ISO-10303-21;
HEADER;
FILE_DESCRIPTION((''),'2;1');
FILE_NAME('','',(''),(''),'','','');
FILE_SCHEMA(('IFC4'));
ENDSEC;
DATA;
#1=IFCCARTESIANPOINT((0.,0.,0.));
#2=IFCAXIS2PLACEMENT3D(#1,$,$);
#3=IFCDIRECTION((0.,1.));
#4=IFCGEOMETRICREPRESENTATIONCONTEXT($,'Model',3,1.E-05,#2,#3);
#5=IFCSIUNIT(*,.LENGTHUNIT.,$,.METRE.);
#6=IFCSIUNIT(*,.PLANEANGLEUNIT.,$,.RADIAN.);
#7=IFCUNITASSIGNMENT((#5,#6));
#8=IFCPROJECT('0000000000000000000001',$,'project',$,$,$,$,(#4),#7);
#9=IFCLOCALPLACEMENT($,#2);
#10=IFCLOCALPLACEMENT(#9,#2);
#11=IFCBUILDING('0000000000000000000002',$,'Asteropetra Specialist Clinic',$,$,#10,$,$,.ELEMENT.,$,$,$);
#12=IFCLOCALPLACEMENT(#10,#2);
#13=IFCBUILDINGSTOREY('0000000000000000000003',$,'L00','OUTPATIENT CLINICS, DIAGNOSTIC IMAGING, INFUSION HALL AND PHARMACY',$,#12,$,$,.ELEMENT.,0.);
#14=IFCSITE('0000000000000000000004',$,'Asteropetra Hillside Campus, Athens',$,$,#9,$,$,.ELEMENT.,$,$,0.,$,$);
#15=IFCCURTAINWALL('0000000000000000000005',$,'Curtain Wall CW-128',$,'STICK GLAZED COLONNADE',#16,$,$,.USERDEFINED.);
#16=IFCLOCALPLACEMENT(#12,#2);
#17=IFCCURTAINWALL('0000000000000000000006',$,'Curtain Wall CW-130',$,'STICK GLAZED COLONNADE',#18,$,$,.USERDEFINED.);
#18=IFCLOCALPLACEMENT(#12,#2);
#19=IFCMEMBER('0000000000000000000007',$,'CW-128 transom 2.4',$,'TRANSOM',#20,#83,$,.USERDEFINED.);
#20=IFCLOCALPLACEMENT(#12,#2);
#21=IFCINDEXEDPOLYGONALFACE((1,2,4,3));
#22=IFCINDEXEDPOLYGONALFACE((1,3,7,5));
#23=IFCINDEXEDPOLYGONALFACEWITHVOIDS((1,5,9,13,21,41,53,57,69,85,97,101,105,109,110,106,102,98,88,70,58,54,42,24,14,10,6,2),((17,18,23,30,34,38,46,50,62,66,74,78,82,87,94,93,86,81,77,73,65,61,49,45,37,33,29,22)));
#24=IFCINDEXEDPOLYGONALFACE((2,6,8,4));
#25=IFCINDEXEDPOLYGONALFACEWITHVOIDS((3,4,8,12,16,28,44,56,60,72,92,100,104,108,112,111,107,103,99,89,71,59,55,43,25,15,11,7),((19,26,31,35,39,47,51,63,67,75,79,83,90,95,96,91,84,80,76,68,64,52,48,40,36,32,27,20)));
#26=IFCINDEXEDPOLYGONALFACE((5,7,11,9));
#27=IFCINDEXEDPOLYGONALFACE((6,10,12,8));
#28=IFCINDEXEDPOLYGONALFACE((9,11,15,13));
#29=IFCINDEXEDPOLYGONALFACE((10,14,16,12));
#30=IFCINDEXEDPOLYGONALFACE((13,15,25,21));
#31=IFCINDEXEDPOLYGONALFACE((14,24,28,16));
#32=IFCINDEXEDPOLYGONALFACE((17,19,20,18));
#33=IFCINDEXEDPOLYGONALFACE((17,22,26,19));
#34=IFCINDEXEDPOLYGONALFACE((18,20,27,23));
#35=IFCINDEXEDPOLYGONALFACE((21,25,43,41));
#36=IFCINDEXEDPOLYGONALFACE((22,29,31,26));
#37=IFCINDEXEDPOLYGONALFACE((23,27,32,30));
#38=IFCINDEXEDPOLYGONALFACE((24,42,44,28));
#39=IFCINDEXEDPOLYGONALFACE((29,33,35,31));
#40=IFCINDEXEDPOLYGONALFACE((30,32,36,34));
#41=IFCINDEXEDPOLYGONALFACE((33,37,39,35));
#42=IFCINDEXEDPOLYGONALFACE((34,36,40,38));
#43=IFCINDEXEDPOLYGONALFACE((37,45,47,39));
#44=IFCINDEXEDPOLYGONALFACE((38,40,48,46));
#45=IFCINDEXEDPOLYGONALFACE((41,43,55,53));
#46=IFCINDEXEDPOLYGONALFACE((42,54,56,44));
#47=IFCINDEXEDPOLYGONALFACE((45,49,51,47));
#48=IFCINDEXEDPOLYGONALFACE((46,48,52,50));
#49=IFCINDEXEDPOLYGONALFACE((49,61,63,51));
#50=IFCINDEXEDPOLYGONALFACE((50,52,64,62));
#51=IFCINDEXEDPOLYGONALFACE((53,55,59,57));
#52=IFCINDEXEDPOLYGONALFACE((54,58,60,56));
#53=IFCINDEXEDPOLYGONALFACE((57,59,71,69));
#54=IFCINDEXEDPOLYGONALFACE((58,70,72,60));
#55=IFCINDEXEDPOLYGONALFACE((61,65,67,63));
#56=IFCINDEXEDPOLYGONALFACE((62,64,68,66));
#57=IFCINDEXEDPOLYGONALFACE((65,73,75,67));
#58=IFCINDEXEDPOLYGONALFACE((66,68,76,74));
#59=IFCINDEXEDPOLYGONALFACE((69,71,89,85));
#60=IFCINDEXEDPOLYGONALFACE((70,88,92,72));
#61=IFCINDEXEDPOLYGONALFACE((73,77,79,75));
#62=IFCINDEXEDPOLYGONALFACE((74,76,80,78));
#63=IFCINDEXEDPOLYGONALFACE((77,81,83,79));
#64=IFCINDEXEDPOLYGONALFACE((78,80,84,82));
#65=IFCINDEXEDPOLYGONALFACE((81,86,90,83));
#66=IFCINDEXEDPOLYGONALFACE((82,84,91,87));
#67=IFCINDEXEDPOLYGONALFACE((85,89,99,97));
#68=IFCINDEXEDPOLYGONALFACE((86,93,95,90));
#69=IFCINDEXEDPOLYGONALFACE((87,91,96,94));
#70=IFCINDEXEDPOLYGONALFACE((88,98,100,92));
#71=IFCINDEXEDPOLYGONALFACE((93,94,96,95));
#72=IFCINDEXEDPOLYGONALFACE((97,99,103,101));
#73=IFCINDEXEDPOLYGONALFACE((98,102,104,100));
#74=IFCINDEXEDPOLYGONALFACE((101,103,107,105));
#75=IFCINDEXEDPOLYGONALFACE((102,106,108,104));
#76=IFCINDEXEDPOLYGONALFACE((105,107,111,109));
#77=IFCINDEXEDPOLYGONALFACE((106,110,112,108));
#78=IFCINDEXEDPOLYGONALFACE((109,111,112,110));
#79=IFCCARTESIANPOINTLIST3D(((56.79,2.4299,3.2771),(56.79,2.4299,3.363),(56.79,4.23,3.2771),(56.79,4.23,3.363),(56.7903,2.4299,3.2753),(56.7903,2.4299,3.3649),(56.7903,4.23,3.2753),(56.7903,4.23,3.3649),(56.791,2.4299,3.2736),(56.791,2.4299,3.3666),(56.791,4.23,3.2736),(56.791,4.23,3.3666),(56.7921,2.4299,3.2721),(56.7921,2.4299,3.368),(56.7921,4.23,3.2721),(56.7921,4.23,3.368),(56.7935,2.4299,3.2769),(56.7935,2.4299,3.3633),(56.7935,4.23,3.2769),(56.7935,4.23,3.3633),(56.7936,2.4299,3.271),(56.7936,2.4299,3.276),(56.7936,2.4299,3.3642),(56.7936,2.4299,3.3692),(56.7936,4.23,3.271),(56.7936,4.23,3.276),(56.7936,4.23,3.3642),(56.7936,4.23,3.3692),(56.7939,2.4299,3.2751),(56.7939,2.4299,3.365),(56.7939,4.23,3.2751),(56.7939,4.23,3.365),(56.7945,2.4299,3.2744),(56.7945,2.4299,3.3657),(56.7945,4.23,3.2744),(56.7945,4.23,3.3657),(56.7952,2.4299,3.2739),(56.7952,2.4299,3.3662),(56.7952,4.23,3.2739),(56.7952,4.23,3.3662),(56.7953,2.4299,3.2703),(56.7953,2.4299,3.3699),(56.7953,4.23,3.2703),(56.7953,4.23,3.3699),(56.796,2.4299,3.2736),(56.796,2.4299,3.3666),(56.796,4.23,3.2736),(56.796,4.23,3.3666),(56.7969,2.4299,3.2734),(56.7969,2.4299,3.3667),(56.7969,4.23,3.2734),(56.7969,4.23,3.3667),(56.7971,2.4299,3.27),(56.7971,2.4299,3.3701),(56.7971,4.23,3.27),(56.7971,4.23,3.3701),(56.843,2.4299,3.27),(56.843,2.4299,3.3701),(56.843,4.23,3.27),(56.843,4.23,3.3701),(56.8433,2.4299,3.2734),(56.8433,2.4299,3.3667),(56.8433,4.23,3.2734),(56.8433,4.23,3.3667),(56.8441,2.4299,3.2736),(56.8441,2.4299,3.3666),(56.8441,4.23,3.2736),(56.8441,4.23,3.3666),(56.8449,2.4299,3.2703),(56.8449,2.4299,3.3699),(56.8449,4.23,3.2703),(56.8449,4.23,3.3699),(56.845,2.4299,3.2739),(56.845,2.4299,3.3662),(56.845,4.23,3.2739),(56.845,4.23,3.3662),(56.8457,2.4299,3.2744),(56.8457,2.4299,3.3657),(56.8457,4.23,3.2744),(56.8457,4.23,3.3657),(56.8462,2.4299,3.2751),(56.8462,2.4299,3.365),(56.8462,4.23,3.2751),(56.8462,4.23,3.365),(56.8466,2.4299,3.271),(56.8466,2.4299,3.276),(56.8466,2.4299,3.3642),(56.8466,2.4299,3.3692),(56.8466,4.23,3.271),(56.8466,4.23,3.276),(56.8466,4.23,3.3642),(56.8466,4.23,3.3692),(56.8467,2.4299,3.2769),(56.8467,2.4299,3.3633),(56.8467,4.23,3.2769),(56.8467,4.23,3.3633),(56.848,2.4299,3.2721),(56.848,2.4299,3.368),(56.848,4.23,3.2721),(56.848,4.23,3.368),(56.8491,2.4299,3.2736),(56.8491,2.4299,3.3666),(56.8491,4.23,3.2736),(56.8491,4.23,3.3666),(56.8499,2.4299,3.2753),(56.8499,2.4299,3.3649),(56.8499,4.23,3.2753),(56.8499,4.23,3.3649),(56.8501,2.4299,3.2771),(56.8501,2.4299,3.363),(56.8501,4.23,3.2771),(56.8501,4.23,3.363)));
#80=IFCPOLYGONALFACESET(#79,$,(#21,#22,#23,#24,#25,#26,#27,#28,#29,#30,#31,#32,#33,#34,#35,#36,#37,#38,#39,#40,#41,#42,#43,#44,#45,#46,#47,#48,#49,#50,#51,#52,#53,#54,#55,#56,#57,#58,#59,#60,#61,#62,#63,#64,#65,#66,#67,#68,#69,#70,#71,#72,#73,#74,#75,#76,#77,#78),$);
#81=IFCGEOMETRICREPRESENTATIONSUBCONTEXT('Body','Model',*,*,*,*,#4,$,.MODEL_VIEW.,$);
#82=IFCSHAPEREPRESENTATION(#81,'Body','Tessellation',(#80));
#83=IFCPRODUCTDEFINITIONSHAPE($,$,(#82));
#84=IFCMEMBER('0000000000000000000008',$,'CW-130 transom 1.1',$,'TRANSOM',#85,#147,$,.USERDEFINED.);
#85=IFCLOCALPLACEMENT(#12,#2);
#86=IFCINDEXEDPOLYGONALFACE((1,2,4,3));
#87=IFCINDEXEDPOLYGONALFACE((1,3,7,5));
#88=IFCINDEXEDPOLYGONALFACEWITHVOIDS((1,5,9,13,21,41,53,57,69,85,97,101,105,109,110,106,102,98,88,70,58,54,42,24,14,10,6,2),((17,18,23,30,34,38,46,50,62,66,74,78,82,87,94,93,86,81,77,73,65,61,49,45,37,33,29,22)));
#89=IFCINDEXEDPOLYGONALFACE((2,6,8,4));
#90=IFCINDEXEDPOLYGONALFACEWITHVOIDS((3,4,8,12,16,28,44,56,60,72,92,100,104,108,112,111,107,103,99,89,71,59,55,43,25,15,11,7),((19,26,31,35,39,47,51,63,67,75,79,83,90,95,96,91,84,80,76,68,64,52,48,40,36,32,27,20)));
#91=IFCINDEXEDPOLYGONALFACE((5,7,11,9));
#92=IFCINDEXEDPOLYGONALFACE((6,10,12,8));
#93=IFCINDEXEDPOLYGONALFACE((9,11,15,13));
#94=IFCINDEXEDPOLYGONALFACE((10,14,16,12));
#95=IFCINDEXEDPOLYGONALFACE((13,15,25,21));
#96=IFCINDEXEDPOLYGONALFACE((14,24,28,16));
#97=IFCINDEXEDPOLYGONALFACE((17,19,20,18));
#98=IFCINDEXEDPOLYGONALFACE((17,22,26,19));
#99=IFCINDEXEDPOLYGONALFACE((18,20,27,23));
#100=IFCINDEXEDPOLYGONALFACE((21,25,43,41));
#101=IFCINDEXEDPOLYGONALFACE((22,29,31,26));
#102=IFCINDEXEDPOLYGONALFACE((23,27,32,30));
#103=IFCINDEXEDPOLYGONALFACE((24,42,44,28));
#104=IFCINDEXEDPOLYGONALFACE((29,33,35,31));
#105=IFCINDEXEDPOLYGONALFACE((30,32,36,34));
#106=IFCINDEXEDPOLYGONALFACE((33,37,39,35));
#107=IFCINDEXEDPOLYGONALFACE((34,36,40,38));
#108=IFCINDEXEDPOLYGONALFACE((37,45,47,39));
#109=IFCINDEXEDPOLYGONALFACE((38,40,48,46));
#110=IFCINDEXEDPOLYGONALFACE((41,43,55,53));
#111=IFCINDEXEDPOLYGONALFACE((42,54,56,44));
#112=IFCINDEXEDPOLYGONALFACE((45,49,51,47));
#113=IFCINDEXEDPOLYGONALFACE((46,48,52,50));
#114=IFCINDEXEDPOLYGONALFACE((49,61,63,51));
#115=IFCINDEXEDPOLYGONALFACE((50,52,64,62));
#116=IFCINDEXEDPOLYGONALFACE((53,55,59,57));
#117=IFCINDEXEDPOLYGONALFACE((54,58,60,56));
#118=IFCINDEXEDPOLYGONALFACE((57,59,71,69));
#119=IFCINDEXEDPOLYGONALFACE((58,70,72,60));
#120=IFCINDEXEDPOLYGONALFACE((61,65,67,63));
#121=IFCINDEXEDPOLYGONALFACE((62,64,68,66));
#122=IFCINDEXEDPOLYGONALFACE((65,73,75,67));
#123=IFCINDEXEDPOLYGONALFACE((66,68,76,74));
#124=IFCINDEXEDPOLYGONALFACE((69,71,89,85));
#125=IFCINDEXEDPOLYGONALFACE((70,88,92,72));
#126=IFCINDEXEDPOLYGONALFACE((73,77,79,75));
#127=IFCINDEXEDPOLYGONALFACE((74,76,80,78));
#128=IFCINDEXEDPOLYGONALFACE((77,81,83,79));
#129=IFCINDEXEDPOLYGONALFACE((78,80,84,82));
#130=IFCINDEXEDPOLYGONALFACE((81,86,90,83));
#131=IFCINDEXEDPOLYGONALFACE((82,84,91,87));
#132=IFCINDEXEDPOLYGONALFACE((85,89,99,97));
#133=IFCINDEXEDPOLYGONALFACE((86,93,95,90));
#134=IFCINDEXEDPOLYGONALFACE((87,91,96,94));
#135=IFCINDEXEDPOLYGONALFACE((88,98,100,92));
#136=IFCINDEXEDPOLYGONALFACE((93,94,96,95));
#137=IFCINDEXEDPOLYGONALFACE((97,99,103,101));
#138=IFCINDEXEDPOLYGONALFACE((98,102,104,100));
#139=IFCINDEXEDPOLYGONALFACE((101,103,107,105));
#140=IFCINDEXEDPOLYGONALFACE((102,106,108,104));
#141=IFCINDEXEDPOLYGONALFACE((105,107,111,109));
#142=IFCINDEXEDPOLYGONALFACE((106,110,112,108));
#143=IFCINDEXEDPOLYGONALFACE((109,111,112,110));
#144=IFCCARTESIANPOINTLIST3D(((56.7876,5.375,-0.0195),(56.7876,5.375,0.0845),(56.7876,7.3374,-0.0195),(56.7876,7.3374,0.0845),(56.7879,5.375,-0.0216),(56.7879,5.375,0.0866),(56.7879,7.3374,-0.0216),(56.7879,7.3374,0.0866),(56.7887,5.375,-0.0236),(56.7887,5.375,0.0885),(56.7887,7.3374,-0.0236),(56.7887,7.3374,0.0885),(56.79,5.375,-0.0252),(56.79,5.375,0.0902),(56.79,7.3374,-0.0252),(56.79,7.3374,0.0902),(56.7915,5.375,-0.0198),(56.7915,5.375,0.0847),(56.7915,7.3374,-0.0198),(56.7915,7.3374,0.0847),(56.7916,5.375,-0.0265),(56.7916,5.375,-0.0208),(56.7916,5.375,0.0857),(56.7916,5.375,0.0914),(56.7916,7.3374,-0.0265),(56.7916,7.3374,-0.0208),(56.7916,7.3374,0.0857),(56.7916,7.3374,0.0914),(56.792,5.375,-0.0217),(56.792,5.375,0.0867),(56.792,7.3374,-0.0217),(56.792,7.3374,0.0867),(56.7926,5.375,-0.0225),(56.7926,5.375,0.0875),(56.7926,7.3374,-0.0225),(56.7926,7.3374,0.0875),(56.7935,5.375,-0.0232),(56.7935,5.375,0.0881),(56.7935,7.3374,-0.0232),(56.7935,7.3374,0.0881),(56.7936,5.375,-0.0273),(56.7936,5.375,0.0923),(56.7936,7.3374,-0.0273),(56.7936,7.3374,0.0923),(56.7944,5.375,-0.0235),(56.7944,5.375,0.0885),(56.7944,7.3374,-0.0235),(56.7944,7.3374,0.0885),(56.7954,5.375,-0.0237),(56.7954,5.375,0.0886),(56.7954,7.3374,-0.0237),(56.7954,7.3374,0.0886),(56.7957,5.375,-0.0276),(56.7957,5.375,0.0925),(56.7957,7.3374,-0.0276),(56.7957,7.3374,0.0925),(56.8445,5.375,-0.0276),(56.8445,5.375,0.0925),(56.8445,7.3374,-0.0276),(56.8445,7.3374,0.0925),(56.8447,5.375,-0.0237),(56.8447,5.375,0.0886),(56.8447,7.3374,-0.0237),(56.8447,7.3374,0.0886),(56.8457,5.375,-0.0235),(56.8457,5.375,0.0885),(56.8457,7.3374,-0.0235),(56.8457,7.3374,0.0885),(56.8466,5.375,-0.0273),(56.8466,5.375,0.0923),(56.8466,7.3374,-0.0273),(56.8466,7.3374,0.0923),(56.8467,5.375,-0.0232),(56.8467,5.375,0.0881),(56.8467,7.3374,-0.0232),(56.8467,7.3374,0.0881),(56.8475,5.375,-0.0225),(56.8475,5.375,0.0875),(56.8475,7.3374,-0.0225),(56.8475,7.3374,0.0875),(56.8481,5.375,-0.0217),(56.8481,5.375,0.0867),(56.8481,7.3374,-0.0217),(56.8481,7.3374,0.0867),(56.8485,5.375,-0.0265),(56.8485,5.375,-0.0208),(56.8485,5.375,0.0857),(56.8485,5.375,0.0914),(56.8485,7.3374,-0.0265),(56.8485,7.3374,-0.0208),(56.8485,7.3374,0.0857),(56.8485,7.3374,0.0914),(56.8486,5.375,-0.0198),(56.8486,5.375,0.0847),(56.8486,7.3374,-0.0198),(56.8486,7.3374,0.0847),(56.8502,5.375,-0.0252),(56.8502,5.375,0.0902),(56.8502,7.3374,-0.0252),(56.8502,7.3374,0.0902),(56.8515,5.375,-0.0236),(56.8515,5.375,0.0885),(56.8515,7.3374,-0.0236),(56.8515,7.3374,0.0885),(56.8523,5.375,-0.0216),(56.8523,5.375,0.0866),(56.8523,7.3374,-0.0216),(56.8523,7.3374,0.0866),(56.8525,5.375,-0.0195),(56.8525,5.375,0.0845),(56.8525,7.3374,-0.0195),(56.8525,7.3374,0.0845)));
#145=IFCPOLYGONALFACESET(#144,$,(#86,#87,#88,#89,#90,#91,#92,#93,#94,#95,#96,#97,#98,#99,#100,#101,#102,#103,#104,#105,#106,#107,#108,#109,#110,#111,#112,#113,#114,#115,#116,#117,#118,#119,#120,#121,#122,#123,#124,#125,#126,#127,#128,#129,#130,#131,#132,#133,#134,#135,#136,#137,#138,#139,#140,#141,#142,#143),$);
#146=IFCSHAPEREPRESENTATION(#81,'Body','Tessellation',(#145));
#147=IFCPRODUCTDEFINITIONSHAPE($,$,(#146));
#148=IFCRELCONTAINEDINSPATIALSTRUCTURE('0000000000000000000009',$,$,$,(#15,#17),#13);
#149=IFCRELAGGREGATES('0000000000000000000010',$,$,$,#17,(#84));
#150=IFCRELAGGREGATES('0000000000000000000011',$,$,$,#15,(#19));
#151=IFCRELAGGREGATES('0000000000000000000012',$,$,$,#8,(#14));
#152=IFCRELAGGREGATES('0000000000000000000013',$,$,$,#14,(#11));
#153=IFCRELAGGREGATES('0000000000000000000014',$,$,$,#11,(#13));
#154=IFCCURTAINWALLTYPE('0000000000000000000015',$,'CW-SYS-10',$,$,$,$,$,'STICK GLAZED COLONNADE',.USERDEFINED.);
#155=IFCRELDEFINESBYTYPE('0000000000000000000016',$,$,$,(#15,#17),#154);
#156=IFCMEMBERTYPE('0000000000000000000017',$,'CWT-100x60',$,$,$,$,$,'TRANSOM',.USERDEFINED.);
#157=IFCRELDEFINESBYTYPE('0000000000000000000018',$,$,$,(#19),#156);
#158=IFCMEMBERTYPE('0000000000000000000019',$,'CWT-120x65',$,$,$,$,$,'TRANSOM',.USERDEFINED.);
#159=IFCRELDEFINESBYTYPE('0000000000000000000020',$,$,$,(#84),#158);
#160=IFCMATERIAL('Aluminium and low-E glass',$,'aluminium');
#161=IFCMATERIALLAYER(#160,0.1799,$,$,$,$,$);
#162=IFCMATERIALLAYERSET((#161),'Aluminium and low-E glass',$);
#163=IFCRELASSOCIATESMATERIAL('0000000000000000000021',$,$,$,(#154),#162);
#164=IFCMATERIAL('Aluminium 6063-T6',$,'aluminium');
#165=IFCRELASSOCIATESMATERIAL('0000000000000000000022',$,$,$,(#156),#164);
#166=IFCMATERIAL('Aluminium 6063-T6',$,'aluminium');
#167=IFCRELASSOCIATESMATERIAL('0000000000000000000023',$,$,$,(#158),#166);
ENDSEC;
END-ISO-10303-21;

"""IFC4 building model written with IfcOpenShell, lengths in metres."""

from ifc_helpers import new_model, si_unit, direction, frame, origin, origin_2d, place, context, subcontext, project, spatial, hollow_rectangle, extrude, material, layer, layer_set, material_profile, profile_set, type_object, element, aggregate, save


model = new_model("IFC4")

# Units and contexts
model_context = context("Model", 3, precision=1e-05, world=origin(), true_north=direction((0.0, 1.0)))
body_context = subcontext(model_context, "Body", "Model", "MODEL_VIEW")
ifc_project = project(units=[si_unit("LENGTHUNIT", "METRE"), si_unit("PLANEANGLEUNIT", "RADIAN")], contexts=[model_context])

# Site, building, storey
site_placement = place(None, origin())
site = spatial("IfcSite", under=ifc_project, at=site_placement, Name="Asteropetra Hillside Campus, Athens", CompositionType="ELEMENT", RefElevation=0.0)
building_placement = place(site_placement, origin())
building = spatial("IfcBuilding", under=site, at=building_placement, Name="Asteropetra Specialist Clinic", CompositionType="ELEMENT")
storey_placement = place(building_placement, origin())
storey = spatial("IfcBuildingStorey", under=building, at=storey_placement, Name="L00", Description="OUTPATIENT CLINICS, DIAGNOSTIC IMAGING, INFUSION HALL AND PHARMACY", CompositionType="ELEMENT", Elevation=0.0)

# Curtain wall
ifc_material_1 = material(Name="Aluminium and low-E glass", Category="aluminium")
ifc_layer_1 = layer(ifc_material_1, 0.1799)
ifc_layer_set_1 = layer_set([ifc_layer_1], Name="Aluminium and low-E glass")
curtain_wall_type = type_object("IfcCurtainWallType", Name="CW-SYS-10", ElementType="STICK GLAZED COLONNADE", PredefinedType="USERDEFINED", material=ifc_layer_set_1)
curtain_wall_1_placement = place(storey_placement, origin())
curtain_wall_1 = element("IfcCurtainWall", 1, at=curtain_wall_1_placement, inside=storey, type_object=curtain_wall_type, Name="Curtain Wall CW-128", ObjectType="STICK GLAZED COLONNADE", PredefinedType="USERDEFINED")

# Curtain wall
curtain_wall_2_placement = place(storey_placement, origin())
curtain_wall_2 = element("IfcCurtainWall", 2, at=curtain_wall_2_placement, inside=storey, type_object=curtain_wall_type, Name="Curtain Wall CW-130", ObjectType="STICK GLAZED COLONNADE", PredefinedType="USERDEFINED")

# Members
ifc_material_2 = material(Name="Aluminium 6063-T6", Category="aluminium")
ifc_material_profile_1 = material_profile(ifc_material_2, hollow_rectangle(XDim=0.0601, YDim=0.1001, WallThickness=0.0034, InnerFilletRadius=0.0034, OuterFilletRadius=0.0071, at=origin_2d()), Name="TRN 100x60x3.5")
ifc_profile_set_1 = profile_set([ifc_material_profile_1], Name="Aluminium 6063-T6")
member_type_1 = type_object("IfcMemberType", Name="CWT-100x60", ElementType="TRANSOM", PredefinedType="USERDEFINED", material=ifc_profile_set_1)
member_1_placement = place(storey_placement, frame((56.8201, 2.4299, 3.3201), z_axis=(0.0, 1.0, 0.0), x_axis=(-1.0, 0.0, 0.0)))
member_1 = element("IfcMember", 3, at=member_1_placement, type_object=member_type_1, Name="CW-128 transom 2.4", ObjectType="TRANSOM", PredefinedType="USERDEFINED", context=body_context, shape_type="SweptSolid", body=[
    extrude(hollow_rectangle(XDim=0.0601, YDim=0.1001, WallThickness=0.0034, InnerFilletRadius=0.0034, OuterFilletRadius=0.0071, at=origin_2d()), origin(), (0.0, 0.0, 1.0), 1.8),
])
ifc_material_3 = material(Name="Aluminium 6063-T6", Category="aluminium")
ifc_material_profile_2 = material_profile(ifc_material_3, hollow_rectangle(XDim=0.0649, YDim=0.1201, WallThickness=0.0039, InnerFilletRadius=0.0039, OuterFilletRadius=0.0081, at=origin_2d()), Name="TRN 120x65x4.0")
ifc_profile_set_2 = profile_set([ifc_material_profile_2], Name="Aluminium 6063-T6")
member_type_2 = type_object("IfcMemberType", Name="CWT-120x65", ElementType="TRANSOM", PredefinedType="USERDEFINED", material=ifc_profile_set_2)
member_2_placement = place(storey_placement, frame((56.8201, 5.375, 0.0325), z_axis=(0.0, 1.0, 0.0), x_axis=(-1.0, 0.0, 0.0)))
member_2 = element("IfcMember", 4, at=member_2_placement, type_object=member_type_2, Name="CW-130 transom 1.1", ObjectType="TRANSOM", PredefinedType="USERDEFINED", context=body_context, shape_type="SweptSolid", body=[
    extrude(hollow_rectangle(XDim=0.0649, YDim=0.1201, WallThickness=0.0039, InnerFilletRadius=0.0039, OuterFilletRadius=0.0081, at=origin_2d()), origin(), (0.0, 0.0, 1.0), 1.9624),
])
aggregate(curtain_wall_2, [member_2])

aggregate(curtain_wall_1, [member_1])

save(model, "model.ifc")
